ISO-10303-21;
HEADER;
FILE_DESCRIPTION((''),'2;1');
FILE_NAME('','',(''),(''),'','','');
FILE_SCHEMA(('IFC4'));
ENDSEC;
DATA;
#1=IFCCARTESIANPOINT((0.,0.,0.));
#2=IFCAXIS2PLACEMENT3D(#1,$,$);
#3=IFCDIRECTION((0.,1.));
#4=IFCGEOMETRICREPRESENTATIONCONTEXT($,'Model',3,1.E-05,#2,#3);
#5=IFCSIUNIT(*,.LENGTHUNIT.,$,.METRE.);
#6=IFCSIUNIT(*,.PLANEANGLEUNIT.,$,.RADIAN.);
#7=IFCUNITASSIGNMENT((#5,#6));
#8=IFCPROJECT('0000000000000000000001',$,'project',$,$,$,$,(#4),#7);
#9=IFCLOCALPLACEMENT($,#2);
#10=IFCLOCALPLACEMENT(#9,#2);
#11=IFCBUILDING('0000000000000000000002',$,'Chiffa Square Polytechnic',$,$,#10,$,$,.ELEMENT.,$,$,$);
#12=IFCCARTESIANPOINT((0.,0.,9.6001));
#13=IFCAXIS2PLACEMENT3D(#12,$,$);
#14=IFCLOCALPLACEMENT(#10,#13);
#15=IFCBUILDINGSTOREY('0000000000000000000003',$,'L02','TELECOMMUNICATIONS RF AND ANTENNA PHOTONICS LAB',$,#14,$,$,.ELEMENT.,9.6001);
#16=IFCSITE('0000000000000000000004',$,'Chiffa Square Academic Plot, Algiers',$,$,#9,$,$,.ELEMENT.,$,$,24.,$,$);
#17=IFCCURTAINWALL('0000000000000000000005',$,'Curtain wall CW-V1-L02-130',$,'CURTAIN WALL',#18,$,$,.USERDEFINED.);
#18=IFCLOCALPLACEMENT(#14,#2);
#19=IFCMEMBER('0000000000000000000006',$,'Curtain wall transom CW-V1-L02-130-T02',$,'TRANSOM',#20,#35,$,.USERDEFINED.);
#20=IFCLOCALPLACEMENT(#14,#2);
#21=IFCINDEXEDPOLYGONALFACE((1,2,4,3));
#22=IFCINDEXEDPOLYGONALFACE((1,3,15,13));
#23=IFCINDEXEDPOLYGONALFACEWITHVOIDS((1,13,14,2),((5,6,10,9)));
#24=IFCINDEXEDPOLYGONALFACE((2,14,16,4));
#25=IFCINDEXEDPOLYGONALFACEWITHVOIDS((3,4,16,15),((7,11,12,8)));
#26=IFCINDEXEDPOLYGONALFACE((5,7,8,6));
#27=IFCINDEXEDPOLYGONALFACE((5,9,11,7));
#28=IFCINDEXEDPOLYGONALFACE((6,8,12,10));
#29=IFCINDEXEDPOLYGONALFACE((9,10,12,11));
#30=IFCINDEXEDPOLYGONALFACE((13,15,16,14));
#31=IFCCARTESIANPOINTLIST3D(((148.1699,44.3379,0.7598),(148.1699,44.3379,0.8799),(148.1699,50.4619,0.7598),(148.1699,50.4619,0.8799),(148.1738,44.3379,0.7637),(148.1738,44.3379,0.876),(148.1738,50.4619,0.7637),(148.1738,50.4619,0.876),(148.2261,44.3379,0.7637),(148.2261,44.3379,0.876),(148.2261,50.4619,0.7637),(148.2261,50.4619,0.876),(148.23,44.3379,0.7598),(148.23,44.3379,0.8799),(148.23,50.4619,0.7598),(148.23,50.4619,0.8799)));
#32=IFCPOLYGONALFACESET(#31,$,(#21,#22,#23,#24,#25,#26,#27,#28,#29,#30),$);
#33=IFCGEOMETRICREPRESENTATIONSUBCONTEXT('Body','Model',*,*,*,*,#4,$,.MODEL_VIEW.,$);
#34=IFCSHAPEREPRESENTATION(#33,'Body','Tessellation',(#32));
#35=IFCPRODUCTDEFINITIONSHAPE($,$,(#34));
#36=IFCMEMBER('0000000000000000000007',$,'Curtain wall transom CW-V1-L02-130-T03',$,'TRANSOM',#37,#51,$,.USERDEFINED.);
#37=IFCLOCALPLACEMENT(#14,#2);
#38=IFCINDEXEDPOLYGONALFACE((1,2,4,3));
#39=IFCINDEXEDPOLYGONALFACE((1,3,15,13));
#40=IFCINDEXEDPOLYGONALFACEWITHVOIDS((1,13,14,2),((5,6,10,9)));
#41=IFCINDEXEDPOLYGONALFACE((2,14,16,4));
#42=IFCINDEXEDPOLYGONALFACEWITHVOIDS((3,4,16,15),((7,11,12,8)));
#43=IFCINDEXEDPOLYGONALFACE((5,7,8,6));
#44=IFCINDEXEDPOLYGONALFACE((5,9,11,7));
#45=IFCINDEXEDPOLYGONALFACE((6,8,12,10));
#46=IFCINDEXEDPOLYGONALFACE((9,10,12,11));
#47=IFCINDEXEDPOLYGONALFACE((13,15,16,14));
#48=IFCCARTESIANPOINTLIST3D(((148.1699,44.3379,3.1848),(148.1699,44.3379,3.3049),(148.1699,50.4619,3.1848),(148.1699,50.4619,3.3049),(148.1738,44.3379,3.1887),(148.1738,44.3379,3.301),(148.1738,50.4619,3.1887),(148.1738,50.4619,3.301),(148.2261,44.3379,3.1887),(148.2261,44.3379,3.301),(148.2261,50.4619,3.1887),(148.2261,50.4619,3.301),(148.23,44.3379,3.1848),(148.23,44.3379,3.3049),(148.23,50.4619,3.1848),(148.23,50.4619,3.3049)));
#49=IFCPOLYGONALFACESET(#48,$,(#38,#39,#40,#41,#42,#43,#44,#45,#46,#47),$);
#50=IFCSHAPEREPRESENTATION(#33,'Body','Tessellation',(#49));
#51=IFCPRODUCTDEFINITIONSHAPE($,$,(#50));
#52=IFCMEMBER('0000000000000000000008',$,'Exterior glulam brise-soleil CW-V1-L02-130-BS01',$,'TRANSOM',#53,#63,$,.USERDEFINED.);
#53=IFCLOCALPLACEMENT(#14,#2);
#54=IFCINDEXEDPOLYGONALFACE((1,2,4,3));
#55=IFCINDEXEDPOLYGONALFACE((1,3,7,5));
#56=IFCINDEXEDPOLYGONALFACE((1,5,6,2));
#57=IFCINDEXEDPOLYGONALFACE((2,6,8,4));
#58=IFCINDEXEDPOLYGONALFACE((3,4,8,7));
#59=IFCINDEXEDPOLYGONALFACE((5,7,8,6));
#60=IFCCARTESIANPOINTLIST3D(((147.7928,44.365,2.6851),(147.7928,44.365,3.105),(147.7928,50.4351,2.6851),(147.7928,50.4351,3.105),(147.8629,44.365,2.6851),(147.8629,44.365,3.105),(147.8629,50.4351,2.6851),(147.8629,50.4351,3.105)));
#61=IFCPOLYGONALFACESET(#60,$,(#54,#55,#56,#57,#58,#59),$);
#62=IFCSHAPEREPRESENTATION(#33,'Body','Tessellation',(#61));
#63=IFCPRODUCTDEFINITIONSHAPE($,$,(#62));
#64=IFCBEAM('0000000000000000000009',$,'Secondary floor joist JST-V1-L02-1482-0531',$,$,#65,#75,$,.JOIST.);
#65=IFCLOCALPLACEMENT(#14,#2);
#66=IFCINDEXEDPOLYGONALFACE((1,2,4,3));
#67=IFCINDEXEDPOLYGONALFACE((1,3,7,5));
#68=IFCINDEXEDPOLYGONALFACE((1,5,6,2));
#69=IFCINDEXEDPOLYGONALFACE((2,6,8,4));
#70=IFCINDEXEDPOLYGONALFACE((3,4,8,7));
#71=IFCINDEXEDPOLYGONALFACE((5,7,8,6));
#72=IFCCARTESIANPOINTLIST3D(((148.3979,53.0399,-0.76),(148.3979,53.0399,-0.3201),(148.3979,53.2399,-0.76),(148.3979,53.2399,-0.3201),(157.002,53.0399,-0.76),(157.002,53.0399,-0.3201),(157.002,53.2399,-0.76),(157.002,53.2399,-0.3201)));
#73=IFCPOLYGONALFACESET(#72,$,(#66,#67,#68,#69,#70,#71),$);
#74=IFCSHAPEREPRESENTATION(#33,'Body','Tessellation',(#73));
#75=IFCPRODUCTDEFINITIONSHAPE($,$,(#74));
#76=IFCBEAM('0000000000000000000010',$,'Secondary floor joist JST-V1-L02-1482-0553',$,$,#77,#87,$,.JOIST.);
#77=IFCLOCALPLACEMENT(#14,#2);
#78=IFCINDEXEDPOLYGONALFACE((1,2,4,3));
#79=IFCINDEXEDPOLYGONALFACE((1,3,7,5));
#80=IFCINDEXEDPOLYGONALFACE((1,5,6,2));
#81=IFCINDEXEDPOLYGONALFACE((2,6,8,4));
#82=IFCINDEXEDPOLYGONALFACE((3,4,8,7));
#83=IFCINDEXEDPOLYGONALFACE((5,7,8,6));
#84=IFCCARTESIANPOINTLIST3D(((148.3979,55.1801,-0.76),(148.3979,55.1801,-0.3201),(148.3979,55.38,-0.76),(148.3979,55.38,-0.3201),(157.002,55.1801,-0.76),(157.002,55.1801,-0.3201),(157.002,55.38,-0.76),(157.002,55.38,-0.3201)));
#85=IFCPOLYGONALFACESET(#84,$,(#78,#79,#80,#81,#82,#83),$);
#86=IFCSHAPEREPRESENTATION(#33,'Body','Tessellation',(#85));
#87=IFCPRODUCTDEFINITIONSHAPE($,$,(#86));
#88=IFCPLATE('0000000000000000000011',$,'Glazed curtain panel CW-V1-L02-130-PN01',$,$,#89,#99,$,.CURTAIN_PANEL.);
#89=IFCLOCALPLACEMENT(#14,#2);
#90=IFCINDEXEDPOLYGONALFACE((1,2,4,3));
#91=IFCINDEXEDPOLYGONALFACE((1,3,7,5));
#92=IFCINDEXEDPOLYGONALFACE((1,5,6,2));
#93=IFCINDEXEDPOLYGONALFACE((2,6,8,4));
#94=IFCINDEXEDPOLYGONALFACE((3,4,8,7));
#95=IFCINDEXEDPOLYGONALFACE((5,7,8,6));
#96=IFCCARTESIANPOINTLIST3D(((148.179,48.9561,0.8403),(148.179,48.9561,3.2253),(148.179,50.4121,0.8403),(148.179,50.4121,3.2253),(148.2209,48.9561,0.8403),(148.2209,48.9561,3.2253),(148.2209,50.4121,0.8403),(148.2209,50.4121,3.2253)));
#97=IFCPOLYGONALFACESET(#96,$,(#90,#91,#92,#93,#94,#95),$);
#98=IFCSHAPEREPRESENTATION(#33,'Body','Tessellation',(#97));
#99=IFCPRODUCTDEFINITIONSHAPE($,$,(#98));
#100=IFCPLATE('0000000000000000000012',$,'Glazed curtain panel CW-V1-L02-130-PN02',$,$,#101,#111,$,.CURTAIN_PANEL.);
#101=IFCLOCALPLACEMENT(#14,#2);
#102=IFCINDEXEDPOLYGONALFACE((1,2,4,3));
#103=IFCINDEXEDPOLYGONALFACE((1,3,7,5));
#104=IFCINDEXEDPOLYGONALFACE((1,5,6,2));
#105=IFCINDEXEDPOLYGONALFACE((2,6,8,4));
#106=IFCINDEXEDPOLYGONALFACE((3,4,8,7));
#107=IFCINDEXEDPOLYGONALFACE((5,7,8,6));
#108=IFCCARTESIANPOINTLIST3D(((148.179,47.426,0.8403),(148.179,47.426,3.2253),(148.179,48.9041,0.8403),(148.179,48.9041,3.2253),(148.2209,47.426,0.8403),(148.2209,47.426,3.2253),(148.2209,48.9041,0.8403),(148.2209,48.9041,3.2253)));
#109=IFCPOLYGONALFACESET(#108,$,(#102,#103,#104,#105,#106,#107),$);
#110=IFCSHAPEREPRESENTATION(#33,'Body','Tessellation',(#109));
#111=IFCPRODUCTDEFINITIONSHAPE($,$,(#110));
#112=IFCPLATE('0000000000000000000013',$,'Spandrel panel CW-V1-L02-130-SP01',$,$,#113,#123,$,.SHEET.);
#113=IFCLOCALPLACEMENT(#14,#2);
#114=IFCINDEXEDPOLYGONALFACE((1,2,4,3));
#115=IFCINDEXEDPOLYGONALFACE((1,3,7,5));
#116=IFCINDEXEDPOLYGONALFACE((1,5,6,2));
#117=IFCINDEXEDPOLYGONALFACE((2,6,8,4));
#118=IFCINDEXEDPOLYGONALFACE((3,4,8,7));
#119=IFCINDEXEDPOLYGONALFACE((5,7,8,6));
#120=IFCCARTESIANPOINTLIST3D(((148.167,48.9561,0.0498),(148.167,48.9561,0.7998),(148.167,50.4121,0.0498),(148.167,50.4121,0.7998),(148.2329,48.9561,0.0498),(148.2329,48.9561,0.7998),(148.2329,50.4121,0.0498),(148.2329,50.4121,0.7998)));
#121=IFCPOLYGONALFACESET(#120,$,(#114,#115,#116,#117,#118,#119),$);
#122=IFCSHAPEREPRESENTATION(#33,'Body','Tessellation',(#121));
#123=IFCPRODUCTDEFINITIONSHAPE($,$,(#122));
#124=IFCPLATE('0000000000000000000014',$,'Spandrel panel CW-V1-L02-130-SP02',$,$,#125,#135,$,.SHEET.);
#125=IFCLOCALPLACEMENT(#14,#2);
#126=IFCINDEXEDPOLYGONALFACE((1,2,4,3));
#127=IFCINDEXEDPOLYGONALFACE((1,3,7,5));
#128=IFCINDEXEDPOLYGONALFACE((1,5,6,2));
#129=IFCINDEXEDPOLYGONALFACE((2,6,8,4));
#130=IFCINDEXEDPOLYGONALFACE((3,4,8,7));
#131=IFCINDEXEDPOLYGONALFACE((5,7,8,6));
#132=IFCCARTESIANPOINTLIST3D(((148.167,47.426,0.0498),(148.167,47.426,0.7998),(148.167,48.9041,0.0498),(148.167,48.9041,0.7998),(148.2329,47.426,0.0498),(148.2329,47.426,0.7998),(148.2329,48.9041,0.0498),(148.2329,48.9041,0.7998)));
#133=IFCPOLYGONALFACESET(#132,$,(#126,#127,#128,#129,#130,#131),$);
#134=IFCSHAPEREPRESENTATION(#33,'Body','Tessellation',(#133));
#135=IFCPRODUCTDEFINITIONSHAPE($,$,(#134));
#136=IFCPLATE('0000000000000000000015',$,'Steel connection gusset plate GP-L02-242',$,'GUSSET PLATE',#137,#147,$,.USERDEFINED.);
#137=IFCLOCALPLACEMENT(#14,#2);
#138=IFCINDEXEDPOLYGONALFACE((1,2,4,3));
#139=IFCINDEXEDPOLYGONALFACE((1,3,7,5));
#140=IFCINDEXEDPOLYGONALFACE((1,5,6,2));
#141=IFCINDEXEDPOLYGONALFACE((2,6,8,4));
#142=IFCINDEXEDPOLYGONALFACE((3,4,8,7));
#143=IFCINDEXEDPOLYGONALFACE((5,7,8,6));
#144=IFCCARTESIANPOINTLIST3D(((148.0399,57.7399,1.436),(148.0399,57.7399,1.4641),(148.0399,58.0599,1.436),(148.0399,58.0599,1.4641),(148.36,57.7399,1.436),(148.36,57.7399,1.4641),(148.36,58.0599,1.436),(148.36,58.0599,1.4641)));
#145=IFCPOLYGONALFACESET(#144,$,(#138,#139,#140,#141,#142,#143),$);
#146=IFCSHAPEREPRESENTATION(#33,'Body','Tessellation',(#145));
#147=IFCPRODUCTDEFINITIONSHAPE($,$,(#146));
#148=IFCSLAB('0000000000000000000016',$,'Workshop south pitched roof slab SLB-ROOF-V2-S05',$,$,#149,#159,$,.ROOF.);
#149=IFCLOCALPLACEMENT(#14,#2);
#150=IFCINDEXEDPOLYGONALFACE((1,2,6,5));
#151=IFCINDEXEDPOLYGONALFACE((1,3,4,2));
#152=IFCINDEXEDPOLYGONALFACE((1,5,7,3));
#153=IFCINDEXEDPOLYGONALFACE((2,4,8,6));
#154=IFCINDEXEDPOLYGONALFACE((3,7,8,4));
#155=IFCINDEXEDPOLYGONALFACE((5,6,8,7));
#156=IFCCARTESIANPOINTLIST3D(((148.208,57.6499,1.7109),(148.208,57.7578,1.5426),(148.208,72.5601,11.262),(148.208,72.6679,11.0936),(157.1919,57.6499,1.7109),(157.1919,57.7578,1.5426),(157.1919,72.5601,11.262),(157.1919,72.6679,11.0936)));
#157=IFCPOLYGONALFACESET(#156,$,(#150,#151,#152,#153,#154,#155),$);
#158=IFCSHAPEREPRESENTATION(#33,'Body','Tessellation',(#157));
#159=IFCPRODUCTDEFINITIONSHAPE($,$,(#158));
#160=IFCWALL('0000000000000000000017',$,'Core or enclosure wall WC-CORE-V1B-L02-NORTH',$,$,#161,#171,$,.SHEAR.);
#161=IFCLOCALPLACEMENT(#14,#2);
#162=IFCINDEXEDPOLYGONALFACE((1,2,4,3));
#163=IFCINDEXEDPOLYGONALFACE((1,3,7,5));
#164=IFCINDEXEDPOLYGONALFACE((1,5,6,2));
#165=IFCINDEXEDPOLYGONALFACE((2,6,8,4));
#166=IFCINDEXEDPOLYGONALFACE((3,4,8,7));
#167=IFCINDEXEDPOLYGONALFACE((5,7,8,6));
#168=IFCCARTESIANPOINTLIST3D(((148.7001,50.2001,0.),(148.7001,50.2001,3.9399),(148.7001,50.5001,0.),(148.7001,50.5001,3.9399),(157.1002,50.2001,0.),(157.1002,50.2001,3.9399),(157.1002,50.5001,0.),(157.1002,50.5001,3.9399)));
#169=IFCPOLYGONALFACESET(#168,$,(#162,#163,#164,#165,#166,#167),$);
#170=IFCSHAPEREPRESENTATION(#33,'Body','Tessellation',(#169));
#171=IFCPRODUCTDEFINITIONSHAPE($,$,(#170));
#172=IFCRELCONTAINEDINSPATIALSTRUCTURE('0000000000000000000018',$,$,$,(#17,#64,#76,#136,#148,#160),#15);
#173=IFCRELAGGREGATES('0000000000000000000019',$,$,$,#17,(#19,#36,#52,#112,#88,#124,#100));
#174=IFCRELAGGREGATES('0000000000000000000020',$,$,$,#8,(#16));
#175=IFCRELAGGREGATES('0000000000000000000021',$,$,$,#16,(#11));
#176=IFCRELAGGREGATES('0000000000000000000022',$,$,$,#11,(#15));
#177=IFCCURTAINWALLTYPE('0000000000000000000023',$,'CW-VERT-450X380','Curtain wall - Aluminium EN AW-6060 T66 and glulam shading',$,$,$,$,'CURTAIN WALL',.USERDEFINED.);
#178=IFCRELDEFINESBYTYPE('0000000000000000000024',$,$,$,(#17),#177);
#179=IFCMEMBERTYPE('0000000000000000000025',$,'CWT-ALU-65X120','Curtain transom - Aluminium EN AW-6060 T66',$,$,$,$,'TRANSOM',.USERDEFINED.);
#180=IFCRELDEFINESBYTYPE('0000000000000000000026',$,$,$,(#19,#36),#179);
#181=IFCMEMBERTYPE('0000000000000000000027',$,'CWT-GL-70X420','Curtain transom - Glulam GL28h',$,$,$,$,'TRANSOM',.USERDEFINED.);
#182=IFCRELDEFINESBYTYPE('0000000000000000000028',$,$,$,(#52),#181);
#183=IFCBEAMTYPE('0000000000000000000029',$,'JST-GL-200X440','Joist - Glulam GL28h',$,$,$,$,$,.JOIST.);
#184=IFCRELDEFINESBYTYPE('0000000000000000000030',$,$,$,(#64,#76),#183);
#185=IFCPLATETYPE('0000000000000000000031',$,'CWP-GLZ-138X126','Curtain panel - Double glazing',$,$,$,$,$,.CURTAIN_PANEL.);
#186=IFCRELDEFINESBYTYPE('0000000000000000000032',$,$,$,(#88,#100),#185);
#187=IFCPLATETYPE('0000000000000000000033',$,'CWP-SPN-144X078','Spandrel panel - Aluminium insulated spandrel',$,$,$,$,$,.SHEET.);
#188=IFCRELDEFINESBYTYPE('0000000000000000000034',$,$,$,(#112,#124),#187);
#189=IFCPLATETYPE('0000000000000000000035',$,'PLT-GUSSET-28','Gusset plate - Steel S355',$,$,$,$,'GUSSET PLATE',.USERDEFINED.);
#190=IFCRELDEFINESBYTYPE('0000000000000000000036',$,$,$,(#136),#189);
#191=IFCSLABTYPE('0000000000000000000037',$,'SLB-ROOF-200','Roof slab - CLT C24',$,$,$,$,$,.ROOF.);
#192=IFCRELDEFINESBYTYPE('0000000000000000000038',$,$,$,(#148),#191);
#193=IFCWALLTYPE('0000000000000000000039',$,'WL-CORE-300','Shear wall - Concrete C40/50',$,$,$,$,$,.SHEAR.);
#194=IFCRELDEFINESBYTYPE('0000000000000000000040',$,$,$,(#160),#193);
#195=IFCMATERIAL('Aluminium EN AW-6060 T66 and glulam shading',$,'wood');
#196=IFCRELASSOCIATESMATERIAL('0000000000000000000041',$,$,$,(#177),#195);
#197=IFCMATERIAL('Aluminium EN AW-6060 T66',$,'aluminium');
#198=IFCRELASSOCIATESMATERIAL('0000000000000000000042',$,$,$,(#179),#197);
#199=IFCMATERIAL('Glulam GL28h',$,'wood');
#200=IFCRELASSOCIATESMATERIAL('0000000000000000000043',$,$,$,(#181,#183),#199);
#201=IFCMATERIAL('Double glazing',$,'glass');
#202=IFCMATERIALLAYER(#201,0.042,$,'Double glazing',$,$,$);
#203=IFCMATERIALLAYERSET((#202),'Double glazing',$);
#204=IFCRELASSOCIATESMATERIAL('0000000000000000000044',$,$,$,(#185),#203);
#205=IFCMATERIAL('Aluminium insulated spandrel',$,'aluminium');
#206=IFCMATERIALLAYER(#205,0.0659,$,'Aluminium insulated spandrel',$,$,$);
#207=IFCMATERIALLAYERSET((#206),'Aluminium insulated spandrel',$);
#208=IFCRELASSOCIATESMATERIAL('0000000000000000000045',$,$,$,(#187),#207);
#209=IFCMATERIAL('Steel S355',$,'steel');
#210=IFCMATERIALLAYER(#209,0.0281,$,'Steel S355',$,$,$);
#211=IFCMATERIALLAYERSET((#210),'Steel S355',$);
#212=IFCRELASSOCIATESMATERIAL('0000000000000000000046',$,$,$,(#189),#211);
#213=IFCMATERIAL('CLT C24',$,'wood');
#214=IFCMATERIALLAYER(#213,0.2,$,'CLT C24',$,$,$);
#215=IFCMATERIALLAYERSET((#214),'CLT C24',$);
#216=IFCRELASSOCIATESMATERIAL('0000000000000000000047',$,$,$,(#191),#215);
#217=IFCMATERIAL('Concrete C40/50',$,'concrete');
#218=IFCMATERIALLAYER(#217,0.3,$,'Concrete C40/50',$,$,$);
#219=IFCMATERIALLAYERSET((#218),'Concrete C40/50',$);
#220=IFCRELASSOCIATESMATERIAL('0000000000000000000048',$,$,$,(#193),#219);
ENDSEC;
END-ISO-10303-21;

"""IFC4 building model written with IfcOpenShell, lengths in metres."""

from ifc_helpers import new_model, si_unit, direction, frame, frame_2d, origin, origin_2d, place, context, subcontext, project, spatial, polyline, rectangle, hollow_rectangle, outline, extrude, material, layer, layer_set, material_profile, profile_set, type_object, element, aggregate, save


model = new_model("IFC4")

# Units and contexts
model_context = context("Model", 3, precision=1e-05, world=origin(), true_north=direction((0.0, 1.0)))
body_context = subcontext(model_context, "Body", "Model", "MODEL_VIEW")
ifc_project = project(units=[si_unit("LENGTHUNIT", "METRE"), si_unit("PLANEANGLEUNIT", "RADIAN")], contexts=[model_context])

# Site, building, storey
site_placement = place(None, origin())
site = spatial("IfcSite", under=ifc_project, at=site_placement, Name="Chiffa Square Academic Plot, Algiers", CompositionType="ELEMENT", RefElevation=24.0)
building_placement = place(site_placement, origin())
building = spatial("IfcBuilding", under=site, at=building_placement, Name="Chiffa Square Polytechnic", CompositionType="ELEMENT")
storey_placement = place(building_placement, frame((0.0, 0.0, 9.6001)))
storey = spatial("IfcBuildingStorey", under=building, at=storey_placement, Name="L02", Description="TELECOMMUNICATIONS RF AND ANTENNA PHOTONICS LAB", CompositionType="ELEMENT", Elevation=9.6001)

# Shared definitions
ifc_material_1 = material(Name="Concrete C40/50", Category="concrete")

# Curtain wall, members
ifc_material_2 = material(Name="Aluminium EN AW-6060 T66 and glulam shading", Category="wood")
curtain_wall_type = type_object("IfcCurtainWallType", Name="CW-VERT-450X380", Description="Curtain wall - Aluminium EN AW-6060 T66 and glulam shading", ElementType="CURTAIN WALL", PredefinedType="USERDEFINED", material=ifc_material_2)
curtain_wall_placement = place(storey_placement, origin())
curtain_wall = element("IfcCurtainWall", 1, at=curtain_wall_placement, inside=storey, type_object=curtain_wall_type, Name="Curtain wall CW-V1-L02-130", ObjectType="CURTAIN WALL", PredefinedType="USERDEFINED")
ifc_material_3 = material(Name="Aluminium EN AW-6060 T66", Category="aluminium")
ifc_material_4 = material(Name="Glulam GL28h", Category="wood")
ifc_material_profile_1 = material_profile(ifc_material_3, hollow_rectangle(XDim=0.0601, YDim=0.1201, WallThickness=0.0039, at=origin_2d()), Name="ALU 60x120x4")
ifc_profile_set_1 = profile_set([ifc_material_profile_1], Name="Aluminium EN AW-6060 T66")
member_type_1 = type_object("IfcMemberType", Name="CWT-ALU-65X120", Description="Curtain transom - Aluminium EN AW-6060 T66", ElementType="TRANSOM", PredefinedType="USERDEFINED", material=ifc_profile_set_1)
member_1_placement = place(storey_placement, frame((148.2, 50.4619, 0.8198), z_axis=(0.0, -1.0, 0.0), x_axis=(1.0, 0.0, 0.0)))
member_1 = element("IfcMember", 2, at=member_1_placement, type_object=member_type_1, Name="Curtain wall transom CW-V1-L02-130-T02", ObjectType="TRANSOM", PredefinedType="USERDEFINED", context=body_context, shape_type="SweptSolid", body=[
    extrude(hollow_rectangle(XDim=0.0601, YDim=0.1201, WallThickness=0.0039, at=origin_2d()), origin(), (0.0, 0.0, 1.0), 6.124),
])
member_2_placement = place(storey_placement, frame((148.2, 50.4619, 3.2449), z_axis=(0.0, -1.0, 0.0), x_axis=(1.0, 0.0, 0.0)))
member_2 = element("IfcMember", 3, at=member_2_placement, type_object=member_type_1, Name="Curtain wall transom CW-V1-L02-130-T03", ObjectType="TRANSOM", PredefinedType="USERDEFINED", context=body_context, shape_type="SweptSolid", body=[
    extrude(hollow_rectangle(XDim=0.0601, YDim=0.1201, WallThickness=0.0039, at=origin_2d()), origin(), (0.0, 0.0, 1.0), 6.124),
])
ifc_material_profile_2 = material_profile(ifc_material_4, rectangle(XDim=0.0701, YDim=0.4199, at=origin_2d()), Name="GL28h 70x420")
ifc_profile_set_2 = profile_set([ifc_material_profile_2], Name="Glulam GL28h")
member_type_2 = type_object("IfcMemberType", Name="CWT-GL-70X420", Description="Curtain transom - Glulam GL28h", ElementType="TRANSOM", PredefinedType="USERDEFINED", material=ifc_profile_set_2)
member_3_placement = place(storey_placement, frame((147.8279, 50.4351, 2.895), z_axis=(0.0, -1.0, 0.0), x_axis=(1.0, 0.0, 0.0)))
member_3 = element("IfcMember", 4, at=member_3_placement, type_object=member_type_2, Name="Exterior glulam brise-soleil CW-V1-L02-130-BS01", ObjectType="TRANSOM", PredefinedType="USERDEFINED", context=body_context, shape_type="SweptSolid", body=[
    extrude(rectangle(XDim=0.0701, YDim=0.4199, at=origin_2d()), origin(), (0.0, 0.0, 1.0), 6.0701),
])

# Beams
ifc_material_profile_3 = material_profile(ifc_material_4, rectangle(XDim=0.2, YDim=0.4399, at=origin_2d()), Name="GL28h 200x440")
ifc_profile_set_3 = profile_set([ifc_material_profile_3], Name="Glulam GL28h")
beam_type_1 = type_object("IfcBeamType", Name="JST-GL-200X440", Description="Joist - Glulam GL28h", PredefinedType="JOIST", material=ifc_profile_set_3)
for number, where, z_axis, x_axis, name in (
    (5, (148.3979, 53.1399, -0.54), (1.0, 0.0, 0.0), (0.0, 1.0, 0.0), "Secondary floor joist JST-V1-L02-1482-0531"),
    (6, (148.3979, 55.28, -0.54), (1.0, 0.0, 0.0), (0.0, 1.0, 0.0), "Secondary floor joist JST-V1-L02-1482-0553"),
):
    element("IfcBeam", number, at=place(storey_placement, frame(where, z_axis=z_axis, x_axis=x_axis)), inside=storey, type_object=beam_type_1, Name=name, PredefinedType="JOIST", context=body_context, shape_type="SweptSolid", body=[
        extrude(rectangle(XDim=0.2, YDim=0.4399, at=origin_2d()), origin(), (0.0, 0.0, 1.0), 8.604),
    ])

# Plates
ifc_material_5 = material(Name="Double glazing", Category="glass")
ifc_layer_1 = layer(ifc_material_5, 0.042, Name="Double glazing")
ifc_layer_set_1 = layer_set([ifc_layer_1], Name="Double glazing")
plate_type_1 = type_object("IfcPlateType", Name="CWP-GLZ-138X126", Description="Curtain panel - Double glazing", PredefinedType="CURTAIN_PANEL", material=ifc_layer_set_1)
plate_1_placement = place(storey_placement, frame((148.2, 49.6841, 0.8403), z_axis=(0.0, 0.0, 1.0), x_axis=(0.0, -1.0, 0.0)))
plate_1 = element("IfcPlate", 7, at=plate_1_placement, type_object=plate_type_1, Name="Glazed curtain panel CW-V1-L02-130-PN01", PredefinedType="CURTAIN_PANEL", context=body_context, shape_type="SweptSolid", body=[
    extrude(rectangle(XDim=1.4561, YDim=0.042, at=origin_2d()), origin(), (0.0, 0.0, 1.0), 2.385),
])
plate_2_placement = place(storey_placement, frame((148.2, 48.165, 0.8403), z_axis=(0.0, 0.0, 1.0), x_axis=(0.0, -1.0, 0.0)))
plate_2 = element("IfcPlate", 8, at=plate_2_placement, type_object=plate_type_1, Name="Glazed curtain panel CW-V1-L02-130-PN02", PredefinedType="CURTAIN_PANEL", context=body_context, shape_type="SweptSolid", body=[
    extrude(rectangle(XDim=1.478, YDim=0.042, at=origin_2d()), origin(), (0.0, 0.0, 1.0), 2.385),
])
ifc_material_6 = material(Name="Aluminium insulated spandrel", Category="aluminium")
ifc_layer_2 = layer(ifc_material_6, 0.0659, Name="Aluminium insulated spandrel")
ifc_layer_set_2 = layer_set([ifc_layer_2], Name="Aluminium insulated spandrel")
plate_type_2 = type_object("IfcPlateType", Name="CWP-SPN-144X078", Description="Spandrel panel - Aluminium insulated spandrel", PredefinedType="SHEET", material=ifc_layer_set_2)
plate_3_placement = place(storey_placement, frame((148.2, 49.6841, 0.0498), z_axis=(0.0, 0.0, 1.0), x_axis=(0.0, -1.0, 0.0)))
plate_3 = element("IfcPlate", 9, at=plate_3_placement, type_object=plate_type_2, Name="Spandrel panel CW-V1-L02-130-SP01", PredefinedType="SHEET", context=body_context, shape_type="SweptSolid", body=[
    extrude(rectangle(XDim=1.4561, YDim=0.0659, at=origin_2d()), origin(), (0.0, 0.0, 1.0), 0.75),
])
plate_4_placement = place(storey_placement, frame((148.2, 48.165, 0.0498), z_axis=(0.0, 0.0, 1.0), x_axis=(0.0, -1.0, 0.0)))
plate_4 = element("IfcPlate", 10, at=plate_4_placement, type_object=plate_type_2, Name="Spandrel panel CW-V1-L02-130-SP02", PredefinedType="SHEET", context=body_context, shape_type="SweptSolid", body=[
    extrude(rectangle(XDim=1.478, YDim=0.0659, at=origin_2d()), origin(), (0.0, 0.0, 1.0), 0.75),
])
aggregate(curtain_wall, [member_1, member_2, member_3, plate_3, plate_1, plate_4, plate_2])
ifc_material_7 = material(Name="Steel S355", Category="steel")
ifc_layer_3 = layer(ifc_material_7, 0.0281, Name="Steel S355")
ifc_layer_set_3 = layer_set([ifc_layer_3], Name="Steel S355")
plate_type_3 = type_object("IfcPlateType", Name="PLT-GUSSET-28", Description="Gusset plate - Steel S355", ElementType="GUSSET PLATE", PredefinedType="USERDEFINED", material=ifc_layer_set_3)
plate_5_placement = place(storey_placement, frame((148.2, 57.8999, 1.436), z_axis=(0.0, 0.0, 1.0), x_axis=(1.0, 0.0, 0.0)))
element("IfcPlate", 11, at=plate_5_placement, inside=storey, type_object=plate_type_3, Name="Steel connection gusset plate GP-L02-242", ObjectType="GUSSET PLATE", PredefinedType="USERDEFINED", context=body_context, shape_type="SweptSolid", body=[
    extrude(rectangle(XDim=0.3201, YDim=0.3201, at=origin_2d()), origin(), (0.0, 0.0, 1.0), 0.0281),
])

# Slab
ifc_material_8 = material(Name="CLT C24", Category="wood")
ifc_layer_4 = layer(ifc_material_8, 0.2, Name="CLT C24")
ifc_layer_set_4 = layer_set([ifc_layer_4], Name="CLT C24")
slab_type = type_object("IfcSlabType", Name="SLB-ROOF-200", Description="Roof slab - CLT C24", PredefinedType="ROOF", material=ifc_layer_set_4)
slab_placement = place(storey_placement, frame((148.208, 57.6499, 1.7109), z_axis=(0.0, -0.539395, 0.842053), x_axis=(1.0, 0.0, 0.0)))
element("IfcSlab", 12, at=slab_placement, inside=storey, type_object=slab_type, Name="Workshop south pitched roof slab SLB-ROOF-V2-S05", PredefinedType="ROOF", context=body_context, shape_type="SweptSolid", body=[
    extrude(outline(polyline([(0.0, 0.0), (8.9839, 0.0), (8.9839, 17.7069), (0.0, 17.7069), (0.0, 0.0)])), origin(), (0.0, 0.0, -1.0), 0.2),
])

# Wall
ifc_layer_5 = layer(ifc_material_1, 0.3, Name="Concrete C40/50")
ifc_layer_set_5 = layer_set([ifc_layer_5], Name="Concrete C40/50")
wall_type_1 = type_object("IfcWallType", Name="WL-CORE-300", Description="Shear wall - Concrete C40/50", PredefinedType="SHEAR", material=ifc_layer_set_5)
wall_1_placement = place(storey_placement, frame((148.7, 50.3501, 0.0), z_axis=(0.0, 0.0, 1.0), x_axis=(1.0, 0.0, 0.0)))
element("IfcWall", 13, at=wall_1_placement, inside=storey, type_object=wall_type_1, Name="Core or enclosure wall WC-CORE-V1B-L02-NORTH", PredefinedType="SHEAR", context=body_context, shape_type="SweptSolid", body=[
    extrude(rectangle(XDim=8.4001, YDim=0.3, at=frame_2d((4.2002, 0.0))), origin(), (0.0, 0.0, 1.0), 3.9399),
])

save(model, "model.ifc")
